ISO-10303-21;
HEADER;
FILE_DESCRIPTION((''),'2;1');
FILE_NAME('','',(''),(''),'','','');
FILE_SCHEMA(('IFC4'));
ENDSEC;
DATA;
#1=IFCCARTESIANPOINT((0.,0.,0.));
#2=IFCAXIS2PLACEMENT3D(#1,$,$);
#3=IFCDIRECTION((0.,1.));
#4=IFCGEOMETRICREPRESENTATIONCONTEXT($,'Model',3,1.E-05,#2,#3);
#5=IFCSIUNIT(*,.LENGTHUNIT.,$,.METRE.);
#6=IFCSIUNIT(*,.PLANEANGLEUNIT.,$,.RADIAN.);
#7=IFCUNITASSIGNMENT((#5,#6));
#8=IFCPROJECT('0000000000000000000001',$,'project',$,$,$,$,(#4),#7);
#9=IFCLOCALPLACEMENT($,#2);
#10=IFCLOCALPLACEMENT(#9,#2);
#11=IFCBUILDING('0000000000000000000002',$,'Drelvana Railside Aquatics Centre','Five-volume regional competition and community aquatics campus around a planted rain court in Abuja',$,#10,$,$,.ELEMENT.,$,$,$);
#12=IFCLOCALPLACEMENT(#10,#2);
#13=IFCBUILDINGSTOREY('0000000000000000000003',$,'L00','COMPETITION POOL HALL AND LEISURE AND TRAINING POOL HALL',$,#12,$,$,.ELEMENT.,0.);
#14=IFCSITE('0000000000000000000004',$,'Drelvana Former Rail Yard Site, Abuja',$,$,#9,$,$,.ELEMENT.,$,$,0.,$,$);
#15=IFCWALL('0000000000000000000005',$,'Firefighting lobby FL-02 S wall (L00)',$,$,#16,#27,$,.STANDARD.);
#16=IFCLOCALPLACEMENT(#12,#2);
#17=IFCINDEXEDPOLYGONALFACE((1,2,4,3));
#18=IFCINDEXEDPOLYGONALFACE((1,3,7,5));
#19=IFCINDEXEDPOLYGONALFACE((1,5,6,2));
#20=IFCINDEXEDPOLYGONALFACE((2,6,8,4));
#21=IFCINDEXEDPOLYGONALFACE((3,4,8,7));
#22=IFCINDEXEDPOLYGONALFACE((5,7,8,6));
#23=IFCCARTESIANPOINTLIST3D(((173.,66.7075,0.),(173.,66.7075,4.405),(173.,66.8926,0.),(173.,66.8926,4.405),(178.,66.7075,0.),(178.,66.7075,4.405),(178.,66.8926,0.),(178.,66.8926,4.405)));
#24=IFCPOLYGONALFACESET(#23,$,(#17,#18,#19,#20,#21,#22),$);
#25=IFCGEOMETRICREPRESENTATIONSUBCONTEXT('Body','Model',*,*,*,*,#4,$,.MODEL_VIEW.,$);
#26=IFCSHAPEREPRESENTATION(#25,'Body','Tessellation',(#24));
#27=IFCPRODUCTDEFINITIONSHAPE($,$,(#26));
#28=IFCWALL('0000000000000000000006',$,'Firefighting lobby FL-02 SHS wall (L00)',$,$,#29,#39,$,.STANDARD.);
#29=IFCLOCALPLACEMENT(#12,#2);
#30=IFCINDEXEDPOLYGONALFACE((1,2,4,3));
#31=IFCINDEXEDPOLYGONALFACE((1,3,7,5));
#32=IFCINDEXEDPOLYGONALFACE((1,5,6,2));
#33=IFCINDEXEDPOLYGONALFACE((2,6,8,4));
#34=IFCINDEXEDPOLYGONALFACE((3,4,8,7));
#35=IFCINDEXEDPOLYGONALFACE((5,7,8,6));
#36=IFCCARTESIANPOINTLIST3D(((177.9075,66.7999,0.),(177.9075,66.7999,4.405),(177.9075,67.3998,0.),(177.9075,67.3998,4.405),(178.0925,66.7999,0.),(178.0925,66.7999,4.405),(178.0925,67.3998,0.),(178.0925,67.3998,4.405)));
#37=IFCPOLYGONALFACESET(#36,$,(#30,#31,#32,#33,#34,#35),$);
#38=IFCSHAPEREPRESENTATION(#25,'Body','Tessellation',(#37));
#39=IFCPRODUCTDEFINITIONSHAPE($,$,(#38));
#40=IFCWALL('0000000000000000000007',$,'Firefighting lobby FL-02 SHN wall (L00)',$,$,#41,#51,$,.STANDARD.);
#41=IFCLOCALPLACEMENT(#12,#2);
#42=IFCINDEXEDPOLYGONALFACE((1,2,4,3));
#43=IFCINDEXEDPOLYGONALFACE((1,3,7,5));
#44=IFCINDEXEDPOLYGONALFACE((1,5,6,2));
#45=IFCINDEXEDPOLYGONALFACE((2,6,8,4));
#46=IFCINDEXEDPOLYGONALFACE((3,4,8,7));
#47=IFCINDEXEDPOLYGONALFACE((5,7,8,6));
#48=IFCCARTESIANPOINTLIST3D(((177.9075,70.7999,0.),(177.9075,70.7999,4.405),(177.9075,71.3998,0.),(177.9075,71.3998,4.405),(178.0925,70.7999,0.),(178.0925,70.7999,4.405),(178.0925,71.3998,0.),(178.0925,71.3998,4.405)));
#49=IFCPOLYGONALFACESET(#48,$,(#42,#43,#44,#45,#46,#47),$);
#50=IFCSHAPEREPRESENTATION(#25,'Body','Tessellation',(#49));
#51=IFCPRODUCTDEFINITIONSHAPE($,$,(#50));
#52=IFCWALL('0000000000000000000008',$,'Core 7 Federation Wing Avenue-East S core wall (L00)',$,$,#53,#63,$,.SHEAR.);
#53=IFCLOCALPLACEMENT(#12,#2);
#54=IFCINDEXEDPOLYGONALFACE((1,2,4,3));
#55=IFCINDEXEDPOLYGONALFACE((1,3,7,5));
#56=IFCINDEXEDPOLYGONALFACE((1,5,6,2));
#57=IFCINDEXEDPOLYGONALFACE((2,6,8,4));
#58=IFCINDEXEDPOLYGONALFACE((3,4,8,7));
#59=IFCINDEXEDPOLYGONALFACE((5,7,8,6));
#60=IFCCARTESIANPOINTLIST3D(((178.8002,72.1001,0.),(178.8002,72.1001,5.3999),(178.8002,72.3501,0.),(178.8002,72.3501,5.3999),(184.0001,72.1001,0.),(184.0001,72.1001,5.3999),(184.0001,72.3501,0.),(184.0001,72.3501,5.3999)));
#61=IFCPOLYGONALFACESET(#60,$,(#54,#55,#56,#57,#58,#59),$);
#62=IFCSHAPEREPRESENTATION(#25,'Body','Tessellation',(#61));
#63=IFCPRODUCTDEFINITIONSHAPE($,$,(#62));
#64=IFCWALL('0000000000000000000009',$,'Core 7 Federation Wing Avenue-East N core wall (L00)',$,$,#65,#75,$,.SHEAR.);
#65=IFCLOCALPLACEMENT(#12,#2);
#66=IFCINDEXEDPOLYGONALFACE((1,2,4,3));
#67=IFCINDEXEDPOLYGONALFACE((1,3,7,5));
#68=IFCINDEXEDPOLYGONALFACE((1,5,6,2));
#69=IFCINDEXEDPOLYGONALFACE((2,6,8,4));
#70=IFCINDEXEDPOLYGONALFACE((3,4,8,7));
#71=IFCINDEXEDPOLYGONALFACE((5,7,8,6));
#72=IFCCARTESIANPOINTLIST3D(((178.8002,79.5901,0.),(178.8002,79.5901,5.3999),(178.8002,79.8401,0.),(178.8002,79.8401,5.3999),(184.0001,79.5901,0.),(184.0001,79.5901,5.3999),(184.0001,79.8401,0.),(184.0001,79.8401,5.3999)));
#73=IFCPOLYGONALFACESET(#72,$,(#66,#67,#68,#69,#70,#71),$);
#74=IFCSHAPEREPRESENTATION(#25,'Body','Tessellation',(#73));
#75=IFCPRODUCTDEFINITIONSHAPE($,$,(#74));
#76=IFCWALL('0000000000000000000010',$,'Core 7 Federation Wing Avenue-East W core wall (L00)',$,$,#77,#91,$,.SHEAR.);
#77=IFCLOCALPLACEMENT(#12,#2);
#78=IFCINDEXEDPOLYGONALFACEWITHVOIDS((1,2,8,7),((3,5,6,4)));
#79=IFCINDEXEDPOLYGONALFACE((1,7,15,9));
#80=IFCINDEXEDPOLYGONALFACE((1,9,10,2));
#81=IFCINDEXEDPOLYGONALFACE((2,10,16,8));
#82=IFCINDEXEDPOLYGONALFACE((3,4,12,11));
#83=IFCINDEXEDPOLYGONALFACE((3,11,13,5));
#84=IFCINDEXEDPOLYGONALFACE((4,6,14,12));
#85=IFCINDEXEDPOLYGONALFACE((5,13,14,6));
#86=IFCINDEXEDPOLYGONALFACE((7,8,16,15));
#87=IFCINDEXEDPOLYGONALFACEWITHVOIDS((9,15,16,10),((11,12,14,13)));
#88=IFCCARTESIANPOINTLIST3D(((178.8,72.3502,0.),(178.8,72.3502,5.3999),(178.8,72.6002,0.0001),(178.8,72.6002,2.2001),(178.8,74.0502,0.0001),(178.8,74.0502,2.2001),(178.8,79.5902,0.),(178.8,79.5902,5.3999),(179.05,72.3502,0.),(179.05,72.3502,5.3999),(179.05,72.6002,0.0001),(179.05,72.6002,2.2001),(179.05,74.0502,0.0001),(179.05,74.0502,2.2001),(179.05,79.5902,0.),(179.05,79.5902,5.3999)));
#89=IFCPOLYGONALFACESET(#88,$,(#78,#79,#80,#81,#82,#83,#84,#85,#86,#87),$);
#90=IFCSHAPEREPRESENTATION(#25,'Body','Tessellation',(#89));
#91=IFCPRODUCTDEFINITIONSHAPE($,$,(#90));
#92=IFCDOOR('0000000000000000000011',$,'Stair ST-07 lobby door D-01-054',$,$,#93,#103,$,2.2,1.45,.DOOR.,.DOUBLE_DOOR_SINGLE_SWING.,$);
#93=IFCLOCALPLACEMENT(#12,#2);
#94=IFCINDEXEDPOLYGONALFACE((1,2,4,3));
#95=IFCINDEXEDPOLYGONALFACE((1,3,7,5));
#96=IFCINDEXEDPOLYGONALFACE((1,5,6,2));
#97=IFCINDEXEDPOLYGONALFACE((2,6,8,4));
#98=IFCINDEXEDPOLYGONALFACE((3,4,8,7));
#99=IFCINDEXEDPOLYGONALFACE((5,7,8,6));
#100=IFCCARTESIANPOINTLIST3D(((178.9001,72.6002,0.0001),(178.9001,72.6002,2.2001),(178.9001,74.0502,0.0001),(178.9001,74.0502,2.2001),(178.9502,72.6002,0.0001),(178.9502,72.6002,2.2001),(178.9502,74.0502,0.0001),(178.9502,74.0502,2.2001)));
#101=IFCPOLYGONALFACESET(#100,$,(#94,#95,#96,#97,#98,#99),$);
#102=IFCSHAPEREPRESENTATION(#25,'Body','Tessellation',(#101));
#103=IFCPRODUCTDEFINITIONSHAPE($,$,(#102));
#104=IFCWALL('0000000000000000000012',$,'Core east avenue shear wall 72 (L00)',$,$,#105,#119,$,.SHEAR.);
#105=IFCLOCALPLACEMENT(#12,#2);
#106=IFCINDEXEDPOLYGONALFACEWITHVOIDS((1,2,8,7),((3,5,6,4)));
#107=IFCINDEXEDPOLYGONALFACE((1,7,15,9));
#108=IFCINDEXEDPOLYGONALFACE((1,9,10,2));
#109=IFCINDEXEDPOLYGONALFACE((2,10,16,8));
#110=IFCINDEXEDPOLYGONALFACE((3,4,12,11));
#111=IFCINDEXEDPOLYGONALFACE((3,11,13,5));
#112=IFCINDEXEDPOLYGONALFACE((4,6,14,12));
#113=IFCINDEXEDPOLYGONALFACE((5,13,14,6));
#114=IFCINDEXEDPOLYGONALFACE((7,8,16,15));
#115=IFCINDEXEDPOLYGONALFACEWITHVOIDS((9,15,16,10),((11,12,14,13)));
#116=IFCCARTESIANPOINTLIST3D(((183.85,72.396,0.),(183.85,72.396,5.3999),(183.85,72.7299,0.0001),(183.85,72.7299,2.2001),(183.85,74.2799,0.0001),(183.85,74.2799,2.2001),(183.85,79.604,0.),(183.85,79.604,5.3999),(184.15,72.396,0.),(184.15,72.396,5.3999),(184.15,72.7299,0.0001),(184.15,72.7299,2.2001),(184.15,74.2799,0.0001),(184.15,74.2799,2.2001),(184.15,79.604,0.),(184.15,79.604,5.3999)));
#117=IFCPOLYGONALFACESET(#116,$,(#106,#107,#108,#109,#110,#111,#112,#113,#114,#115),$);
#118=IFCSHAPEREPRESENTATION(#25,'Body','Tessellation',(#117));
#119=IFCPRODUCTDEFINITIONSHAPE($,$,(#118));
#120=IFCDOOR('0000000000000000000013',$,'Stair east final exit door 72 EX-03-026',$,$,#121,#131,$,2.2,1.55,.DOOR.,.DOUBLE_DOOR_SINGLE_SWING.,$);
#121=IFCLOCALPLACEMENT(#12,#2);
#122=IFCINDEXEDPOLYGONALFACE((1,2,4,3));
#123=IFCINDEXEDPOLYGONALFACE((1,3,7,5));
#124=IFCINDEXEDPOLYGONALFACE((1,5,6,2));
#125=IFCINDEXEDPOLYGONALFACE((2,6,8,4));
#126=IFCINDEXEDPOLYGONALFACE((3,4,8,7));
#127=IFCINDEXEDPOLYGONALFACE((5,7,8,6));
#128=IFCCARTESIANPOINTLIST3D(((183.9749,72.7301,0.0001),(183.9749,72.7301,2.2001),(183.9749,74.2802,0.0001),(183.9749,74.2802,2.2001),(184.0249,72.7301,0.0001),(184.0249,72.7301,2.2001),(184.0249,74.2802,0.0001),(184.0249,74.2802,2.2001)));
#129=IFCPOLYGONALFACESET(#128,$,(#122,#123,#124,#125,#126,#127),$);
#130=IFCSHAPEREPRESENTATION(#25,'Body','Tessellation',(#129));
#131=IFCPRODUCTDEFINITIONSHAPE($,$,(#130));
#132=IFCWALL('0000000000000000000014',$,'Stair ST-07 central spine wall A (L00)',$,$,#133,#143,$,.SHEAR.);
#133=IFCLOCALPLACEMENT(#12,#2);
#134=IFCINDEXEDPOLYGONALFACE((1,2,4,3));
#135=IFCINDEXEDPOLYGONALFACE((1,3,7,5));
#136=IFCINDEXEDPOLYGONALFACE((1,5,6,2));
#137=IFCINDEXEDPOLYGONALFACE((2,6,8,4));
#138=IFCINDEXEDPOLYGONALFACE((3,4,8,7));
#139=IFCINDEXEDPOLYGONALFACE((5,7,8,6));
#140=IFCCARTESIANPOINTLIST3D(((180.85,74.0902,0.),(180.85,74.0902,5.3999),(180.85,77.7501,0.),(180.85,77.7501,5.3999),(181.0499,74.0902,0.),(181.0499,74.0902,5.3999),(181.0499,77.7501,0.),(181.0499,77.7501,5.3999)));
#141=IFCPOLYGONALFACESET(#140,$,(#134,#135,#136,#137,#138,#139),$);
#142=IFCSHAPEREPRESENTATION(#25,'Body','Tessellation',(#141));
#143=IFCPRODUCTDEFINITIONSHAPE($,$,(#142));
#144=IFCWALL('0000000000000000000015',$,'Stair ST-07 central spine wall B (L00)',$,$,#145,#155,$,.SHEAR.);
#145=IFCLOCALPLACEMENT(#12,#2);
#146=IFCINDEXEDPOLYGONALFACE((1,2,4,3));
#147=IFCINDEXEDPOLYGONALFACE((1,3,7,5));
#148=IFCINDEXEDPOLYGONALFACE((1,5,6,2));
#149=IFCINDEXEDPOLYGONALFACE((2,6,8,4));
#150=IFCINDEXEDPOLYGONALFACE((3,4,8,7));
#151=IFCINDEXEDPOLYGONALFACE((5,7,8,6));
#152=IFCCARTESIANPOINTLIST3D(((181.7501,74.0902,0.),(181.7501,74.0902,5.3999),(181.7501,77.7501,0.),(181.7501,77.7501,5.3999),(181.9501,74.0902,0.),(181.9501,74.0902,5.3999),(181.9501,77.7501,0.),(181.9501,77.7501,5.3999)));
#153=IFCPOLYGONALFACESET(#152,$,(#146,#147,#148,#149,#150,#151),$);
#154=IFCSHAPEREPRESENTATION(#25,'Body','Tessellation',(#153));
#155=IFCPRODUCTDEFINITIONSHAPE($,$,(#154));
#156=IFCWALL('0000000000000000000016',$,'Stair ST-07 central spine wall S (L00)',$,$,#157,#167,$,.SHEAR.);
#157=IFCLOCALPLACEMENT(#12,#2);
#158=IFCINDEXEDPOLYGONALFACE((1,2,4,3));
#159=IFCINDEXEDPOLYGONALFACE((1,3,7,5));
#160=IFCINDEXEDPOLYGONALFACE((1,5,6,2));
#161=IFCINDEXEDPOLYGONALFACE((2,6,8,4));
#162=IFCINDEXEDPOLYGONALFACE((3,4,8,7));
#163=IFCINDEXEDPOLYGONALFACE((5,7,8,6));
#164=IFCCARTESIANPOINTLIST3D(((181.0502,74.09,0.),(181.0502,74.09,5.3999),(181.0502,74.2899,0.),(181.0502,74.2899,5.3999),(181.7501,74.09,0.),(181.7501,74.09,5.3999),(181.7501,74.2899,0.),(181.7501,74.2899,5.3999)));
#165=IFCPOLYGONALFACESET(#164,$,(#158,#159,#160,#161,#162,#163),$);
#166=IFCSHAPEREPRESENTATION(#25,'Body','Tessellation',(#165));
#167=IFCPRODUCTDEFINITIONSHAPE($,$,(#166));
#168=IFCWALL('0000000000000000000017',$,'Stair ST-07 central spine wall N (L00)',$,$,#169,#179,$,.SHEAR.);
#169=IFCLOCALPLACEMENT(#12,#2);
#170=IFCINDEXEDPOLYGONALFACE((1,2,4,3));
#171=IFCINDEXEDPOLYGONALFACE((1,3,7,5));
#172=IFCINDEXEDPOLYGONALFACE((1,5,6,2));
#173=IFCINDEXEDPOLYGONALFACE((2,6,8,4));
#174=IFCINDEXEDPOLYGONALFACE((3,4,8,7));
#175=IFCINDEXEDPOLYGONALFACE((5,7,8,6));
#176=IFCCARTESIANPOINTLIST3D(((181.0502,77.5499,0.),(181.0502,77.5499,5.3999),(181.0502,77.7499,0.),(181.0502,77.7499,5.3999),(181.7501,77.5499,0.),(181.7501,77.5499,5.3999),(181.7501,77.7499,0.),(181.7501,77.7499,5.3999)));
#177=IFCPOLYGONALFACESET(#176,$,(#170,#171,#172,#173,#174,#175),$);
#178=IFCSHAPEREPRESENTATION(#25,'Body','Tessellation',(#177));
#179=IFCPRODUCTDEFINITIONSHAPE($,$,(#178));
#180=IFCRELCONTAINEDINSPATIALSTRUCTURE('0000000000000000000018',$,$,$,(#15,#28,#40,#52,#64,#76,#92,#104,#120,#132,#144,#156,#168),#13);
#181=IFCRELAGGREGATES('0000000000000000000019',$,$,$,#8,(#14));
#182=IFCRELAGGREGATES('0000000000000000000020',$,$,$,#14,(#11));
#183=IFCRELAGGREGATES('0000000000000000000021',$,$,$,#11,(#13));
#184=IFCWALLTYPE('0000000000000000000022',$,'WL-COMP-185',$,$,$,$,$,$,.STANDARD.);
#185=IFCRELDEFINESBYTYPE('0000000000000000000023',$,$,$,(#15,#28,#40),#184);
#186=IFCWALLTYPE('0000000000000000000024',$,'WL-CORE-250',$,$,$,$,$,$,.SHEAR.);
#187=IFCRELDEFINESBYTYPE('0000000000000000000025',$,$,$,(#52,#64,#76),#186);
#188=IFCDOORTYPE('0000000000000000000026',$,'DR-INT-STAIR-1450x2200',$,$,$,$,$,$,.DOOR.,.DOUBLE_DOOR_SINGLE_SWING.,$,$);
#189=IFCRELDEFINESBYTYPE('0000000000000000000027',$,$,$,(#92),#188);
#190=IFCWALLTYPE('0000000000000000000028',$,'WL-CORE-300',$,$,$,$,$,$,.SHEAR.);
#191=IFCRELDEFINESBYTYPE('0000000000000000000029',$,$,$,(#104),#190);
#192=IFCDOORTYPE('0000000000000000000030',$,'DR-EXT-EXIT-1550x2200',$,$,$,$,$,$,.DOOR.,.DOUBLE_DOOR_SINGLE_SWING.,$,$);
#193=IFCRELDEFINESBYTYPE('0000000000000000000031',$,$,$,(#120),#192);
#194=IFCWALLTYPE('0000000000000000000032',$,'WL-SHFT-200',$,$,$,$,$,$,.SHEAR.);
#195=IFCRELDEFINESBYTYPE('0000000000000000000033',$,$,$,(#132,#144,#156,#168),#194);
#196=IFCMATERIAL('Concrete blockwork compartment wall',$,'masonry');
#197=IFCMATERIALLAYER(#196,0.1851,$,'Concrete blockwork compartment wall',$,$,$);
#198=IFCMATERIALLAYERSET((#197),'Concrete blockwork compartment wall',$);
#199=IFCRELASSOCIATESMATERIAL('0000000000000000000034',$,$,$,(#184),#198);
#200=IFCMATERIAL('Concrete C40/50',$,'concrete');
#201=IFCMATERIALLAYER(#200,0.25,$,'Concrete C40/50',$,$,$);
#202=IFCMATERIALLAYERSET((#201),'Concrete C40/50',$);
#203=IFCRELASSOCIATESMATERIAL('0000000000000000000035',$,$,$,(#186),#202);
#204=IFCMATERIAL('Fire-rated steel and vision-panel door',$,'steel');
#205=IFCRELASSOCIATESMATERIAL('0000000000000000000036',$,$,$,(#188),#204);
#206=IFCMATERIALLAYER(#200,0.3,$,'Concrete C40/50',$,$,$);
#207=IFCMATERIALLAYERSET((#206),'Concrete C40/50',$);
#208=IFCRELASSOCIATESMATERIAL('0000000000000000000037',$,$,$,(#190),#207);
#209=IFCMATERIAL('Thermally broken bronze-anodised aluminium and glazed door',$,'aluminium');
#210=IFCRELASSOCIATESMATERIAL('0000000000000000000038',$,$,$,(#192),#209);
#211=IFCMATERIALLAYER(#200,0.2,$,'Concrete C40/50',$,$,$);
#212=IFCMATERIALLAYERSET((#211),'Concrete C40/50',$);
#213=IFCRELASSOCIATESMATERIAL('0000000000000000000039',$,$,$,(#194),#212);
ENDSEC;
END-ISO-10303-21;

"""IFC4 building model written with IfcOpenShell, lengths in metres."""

from ifc_helpers import new_model, si_unit, direction, frame, frame_2d, origin, place, context, subcontext, project, spatial, rectangle, extrude, material, layer, layer_set, type_object, element, fill, save


model = new_model("IFC4")

# Units and contexts
model_context = context("Model", 3, precision=1e-05, world=origin(), true_north=direction((0.0, 1.0)))
body_context = subcontext(model_context, "Body", "Model", "MODEL_VIEW")
ifc_project = project(units=[si_unit("LENGTHUNIT", "METRE"), si_unit("PLANEANGLEUNIT", "RADIAN")], contexts=[model_context])

# Site, building, storey
site_placement = place(None, origin())
site = spatial("IfcSite", under=ifc_project, at=site_placement, Name="Drelvana Former Rail Yard Site, Abuja", CompositionType="ELEMENT", RefElevation=0.0)
building_placement = place(site_placement, origin())
building = spatial("IfcBuilding", under=site, at=building_placement, Name="Drelvana Railside Aquatics Centre", Description="Five-volume regional competition and community aquatics campus around a planted rain court in Abuja", CompositionType="ELEMENT")
storey_placement = place(building_placement, origin())
storey = spatial("IfcBuildingStorey", under=building, at=storey_placement, Name="L00", Description="COMPETITION POOL HALL AND LEISURE AND TRAINING POOL HALL", CompositionType="ELEMENT", Elevation=0.0)

# Shared definitions
ifc_material_1 = material(Name="Concrete C40/50", Category="concrete")

# Walls
ifc_material_2 = material(Name="Concrete blockwork compartment wall", Category="masonry")
ifc_layer_1 = layer(ifc_material_2, 0.1851, Name="Concrete blockwork compartment wall")
ifc_layer_set_1 = layer_set([ifc_layer_1], Name="Concrete blockwork compartment wall")
wall_type_1 = type_object("IfcWallType", Name="WL-COMP-185", PredefinedType="STANDARD", material=ifc_layer_set_1)
wall_1_placement = place(storey_placement, frame((178.0, 66.8, 0.0), z_axis=(0.0, 0.0, 1.0), x_axis=(-1.0, 0.0, 0.0)))
element("IfcWall", 1, at=wall_1_placement, inside=storey, type_object=wall_type_1, Name="Firefighting lobby FL-02 S wall (L00)", PredefinedType="STANDARD", context=body_context, shape_type="SweptSolid", body=[
    extrude(rectangle(XDim=5.0, YDim=0.1851, at=frame_2d((2.5, 0.0))), origin(), (0.0, 0.0, 1.0), 4.405),
])
for number, where, z_axis, x_axis, name in (
    (2, (178.0, 66.8, 0.0), (0.0, 0.0, 1.0), (0.0, 1.0, 0.0), "Firefighting lobby FL-02 SHS wall (L00)"),
    (3, (178.0, 70.8, 0.0), (0.0, 0.0, 1.0), (0.0, 1.0, 0.0), "Firefighting lobby FL-02 SHN wall (L00)"),
):
    element("IfcWall", number, at=place(storey_placement, frame(where, z_axis=z_axis, x_axis=x_axis)), inside=storey, type_object=wall_type_1, Name=name, PredefinedType="STANDARD", context=body_context, shape_type="SweptSolid", body=[
        extrude(rectangle(XDim=0.5999, YDim=0.1851, at=frame_2d((0.2998, 0.0))), origin(), (0.0, 0.0, 1.0), 4.405),
    ])
ifc_layer_2 = layer(ifc_material_1, 0.25, Name="Concrete C40/50")
ifc_layer_set_2 = layer_set([ifc_layer_2], Name="Concrete C40/50")
wall_type_2 = type_object("IfcWallType", Name="WL-CORE-250", PredefinedType="SHEAR", material=ifc_layer_set_2)
for number, where, z_axis, x_axis, name in (
    (4, (178.8, 72.2251, 0.0), (0.0, 0.0, 1.0), (1.0, 0.0, 0.0), "Core 7 Federation Wing Avenue-East S core wall (L00)"),
    (5, (178.8, 79.7151, 0.0), (0.0, 0.0, 1.0), (1.0, 0.0, 0.0), "Core 7 Federation Wing Avenue-East N core wall (L00)"),
):
    element("IfcWall", number, at=place(storey_placement, frame(where, z_axis=z_axis, x_axis=x_axis)), inside=storey, type_object=wall_type_2, Name=name, PredefinedType="SHEAR", context=body_context, shape_type="SweptSolid", body=[
        extrude(rectangle(XDim=5.2, YDim=0.25, at=frame_2d((2.6001, 0.0))), origin(), (0.0, 0.0, 1.0), 5.3999),
    ])

# Walls, openings, doors
wall_2_placement = place(storey_placement, frame((178.925, 72.3501, 0.0), z_axis=(0.0, 0.0, 1.0), x_axis=(0.0, 1.0, 0.0)))
wall_2 = element("IfcWall", 6, at=wall_2_placement, inside=storey, type_object=wall_type_2, Name="Core 7 Federation Wing Avenue-East W core wall (L00)", PredefinedType="SHEAR", context=body_context, shape_type="SweptSolid", body=[
    extrude(rectangle(XDim=7.24, YDim=0.25, at=frame_2d((3.6201, 0.0))), origin(), (0.0, 0.0, 1.0), 5.3999),
])
opening_1_placement = place(wall_2_placement, frame((0.25, 0.0, 0.0)))
opening_1 = element("IfcOpeningElement", 7, at=opening_1_placement, cuts=wall_2, PredefinedType="OPENING", context=body_context, shape_type="SweptSolid", body=[
    extrude(rectangle(XDim=1.45, YDim=2.2, at=frame_2d((0.7251, 1.1001))), frame((0.0, 0.135, 0.0), z_axis=(0.0, -1.0, 0.0), x_axis=(1.0, 0.0, 0.0)), (0.0, 0.0, 1.0), 0.27),
])
ifc_material_3 = material(Name="Fire-rated steel and vision-panel door", Category="steel")
door_type_1 = type_object("IfcDoorType", Name="DR-INT-STAIR-1450x2200", OperationType="DOUBLE_DOOR_SINGLE_SWING", PredefinedType="DOOR", material=ifc_material_3)
door_1_placement = place(opening_1_placement, origin())
door_1 = element("IfcDoor", 8, at=door_1_placement, inside=storey, type_object=door_type_1, Name="Stair ST-07 lobby door D-01-054", OperationType="DOUBLE_DOOR_SINGLE_SWING", OverallHeight=2.2, OverallWidth=1.45, PredefinedType="DOOR", context=body_context, shape_type="SweptSolid", body=[
    extrude(rectangle(XDim=1.45, YDim=2.2, at=frame_2d((0.7251, 1.1001))), frame((0.0, 0.0249, 0.0), z_axis=(0.0, -1.0, 0.0), x_axis=(1.0, 0.0, 0.0)), (0.0, 0.0, 1.0), 0.05),
])
fill(opening_1, door_1)
ifc_layer_3 = layer(ifc_material_1, 0.3, Name="Concrete C40/50")
ifc_layer_set_3 = layer_set([ifc_layer_3], Name="Concrete C40/50")
wall_type_3 = type_object("IfcWallType", Name="WL-CORE-300", PredefinedType="SHEAR", material=ifc_layer_set_3)
wall_3_placement = place(storey_placement, frame((184.0, 72.396, 0.0), z_axis=(0.0, 0.0, 1.0), x_axis=(0.0, 1.0, 0.0)))
wall_3 = element("IfcWall", 9, at=wall_3_placement, inside=storey, type_object=wall_type_3, Name="Core east avenue shear wall 72 (L00)", PredefinedType="SHEAR", context=body_context, shape_type="SweptSolid", body=[
    extrude(rectangle(XDim=7.208, YDim=0.3, at=frame_2d((3.604, 0.0))), origin(), (0.0, 0.0, 1.0), 5.3999),
])
opening_2_placement = place(wall_3_placement, frame((0.334, 0.0, 0.0)))
opening_2 = element("IfcOpeningElement", 10, at=opening_2_placement, cuts=wall_3, PredefinedType="OPENING", context=body_context, shape_type="SweptSolid", body=[
    extrude(rectangle(XDim=1.55, YDim=2.2, at=frame_2d((0.7749, 1.1001))), frame((0.0, 0.1599, 0.0), z_axis=(0.0, -1.0, 0.0), x_axis=(1.0, 0.0, 0.0)), (0.0, 0.0, 1.0), 0.3201),
])
ifc_material_4 = material(Name="Thermally broken bronze-anodised aluminium and glazed door", Category="aluminium")
door_type_2 = type_object("IfcDoorType", Name="DR-EXT-EXIT-1550x2200", OperationType="DOUBLE_DOOR_SINGLE_SWING", PredefinedType="DOOR", material=ifc_material_4)
door_2_placement = place(opening_2_placement, frame((1.55, 0.0, 0.0), z_axis=(0.0, 0.0, 1.0), x_axis=(-1.0, 0.0, 0.0)))
door_2 = element("IfcDoor", 11, at=door_2_placement, inside=storey, type_object=door_type_2, Name="Stair east final exit door 72 EX-03-026", OperationType="DOUBLE_DOOR_SINGLE_SWING", OverallHeight=2.2, OverallWidth=1.55, PredefinedType="DOOR", context=body_context, shape_type="SweptSolid", body=[
    extrude(rectangle(XDim=1.55, YDim=2.2, at=frame_2d((0.7749, 1.1001))), frame((0.0, 0.0249, 0.0), z_axis=(0.0, -1.0, 0.0), x_axis=(1.0, 0.0, 0.0)), (0.0, 0.0, 1.0), 0.05),
])
fill(opening_2, door_2)

# Walls
ifc_layer_4 = layer(ifc_material_1, 0.2, Name="Concrete C40/50")
ifc_layer_set_4 = layer_set([ifc_layer_4], Name="Concrete C40/50")
wall_type_4 = type_object("IfcWallType", Name="WL-SHFT-200", PredefinedType="SHEAR", material=ifc_layer_set_4)
for number, where, z_axis, x_axis, name in (
    (12, (180.95, 74.0901, 0.0), (0.0, 0.0, 1.0), (0.0, 1.0, 0.0), "Stair ST-07 central spine wall A (L00)"),
    (13, (181.8501, 74.0901, 0.0), (0.0, 0.0, 1.0), (0.0, 1.0, 0.0), "Stair ST-07 central spine wall B (L00)"),
):
    element("IfcWall", number, at=place(storey_placement, frame(where, z_axis=z_axis, x_axis=x_axis)), inside=storey, type_object=wall_type_4, Name=name, PredefinedType="SHEAR", context=body_context, shape_type="SweptSolid", body=[
        extrude(rectangle(XDim=3.6599, YDim=0.2, at=frame_2d((1.8301, 0.0))), origin(), (0.0, 0.0, 1.0), 5.3999),
    ])
for number, where, z_axis, x_axis, name in (
    (14, (181.05, 74.1899, 0.0), (0.0, 0.0, 1.0), (1.0, 0.0, 0.0), "Stair ST-07 central spine wall S (L00)"),
    (15, (181.05, 77.6499, 0.0), (0.0, 0.0, 1.0), (1.0, 0.0, 0.0), "Stair ST-07 central spine wall N (L00)"),
):
    element("IfcWall", number, at=place(storey_placement, frame(where, z_axis=z_axis, x_axis=x_axis)), inside=storey, type_object=wall_type_4, Name=name, PredefinedType="SHEAR", context=body_context, shape_type="SweptSolid", body=[
        extrude(rectangle(XDim=0.7, YDim=0.2, at=frame_2d((0.3501, 0.0))), origin(), (0.0, 0.0, 1.0), 5.3999),
    ])

save(model, "model.ifc")
